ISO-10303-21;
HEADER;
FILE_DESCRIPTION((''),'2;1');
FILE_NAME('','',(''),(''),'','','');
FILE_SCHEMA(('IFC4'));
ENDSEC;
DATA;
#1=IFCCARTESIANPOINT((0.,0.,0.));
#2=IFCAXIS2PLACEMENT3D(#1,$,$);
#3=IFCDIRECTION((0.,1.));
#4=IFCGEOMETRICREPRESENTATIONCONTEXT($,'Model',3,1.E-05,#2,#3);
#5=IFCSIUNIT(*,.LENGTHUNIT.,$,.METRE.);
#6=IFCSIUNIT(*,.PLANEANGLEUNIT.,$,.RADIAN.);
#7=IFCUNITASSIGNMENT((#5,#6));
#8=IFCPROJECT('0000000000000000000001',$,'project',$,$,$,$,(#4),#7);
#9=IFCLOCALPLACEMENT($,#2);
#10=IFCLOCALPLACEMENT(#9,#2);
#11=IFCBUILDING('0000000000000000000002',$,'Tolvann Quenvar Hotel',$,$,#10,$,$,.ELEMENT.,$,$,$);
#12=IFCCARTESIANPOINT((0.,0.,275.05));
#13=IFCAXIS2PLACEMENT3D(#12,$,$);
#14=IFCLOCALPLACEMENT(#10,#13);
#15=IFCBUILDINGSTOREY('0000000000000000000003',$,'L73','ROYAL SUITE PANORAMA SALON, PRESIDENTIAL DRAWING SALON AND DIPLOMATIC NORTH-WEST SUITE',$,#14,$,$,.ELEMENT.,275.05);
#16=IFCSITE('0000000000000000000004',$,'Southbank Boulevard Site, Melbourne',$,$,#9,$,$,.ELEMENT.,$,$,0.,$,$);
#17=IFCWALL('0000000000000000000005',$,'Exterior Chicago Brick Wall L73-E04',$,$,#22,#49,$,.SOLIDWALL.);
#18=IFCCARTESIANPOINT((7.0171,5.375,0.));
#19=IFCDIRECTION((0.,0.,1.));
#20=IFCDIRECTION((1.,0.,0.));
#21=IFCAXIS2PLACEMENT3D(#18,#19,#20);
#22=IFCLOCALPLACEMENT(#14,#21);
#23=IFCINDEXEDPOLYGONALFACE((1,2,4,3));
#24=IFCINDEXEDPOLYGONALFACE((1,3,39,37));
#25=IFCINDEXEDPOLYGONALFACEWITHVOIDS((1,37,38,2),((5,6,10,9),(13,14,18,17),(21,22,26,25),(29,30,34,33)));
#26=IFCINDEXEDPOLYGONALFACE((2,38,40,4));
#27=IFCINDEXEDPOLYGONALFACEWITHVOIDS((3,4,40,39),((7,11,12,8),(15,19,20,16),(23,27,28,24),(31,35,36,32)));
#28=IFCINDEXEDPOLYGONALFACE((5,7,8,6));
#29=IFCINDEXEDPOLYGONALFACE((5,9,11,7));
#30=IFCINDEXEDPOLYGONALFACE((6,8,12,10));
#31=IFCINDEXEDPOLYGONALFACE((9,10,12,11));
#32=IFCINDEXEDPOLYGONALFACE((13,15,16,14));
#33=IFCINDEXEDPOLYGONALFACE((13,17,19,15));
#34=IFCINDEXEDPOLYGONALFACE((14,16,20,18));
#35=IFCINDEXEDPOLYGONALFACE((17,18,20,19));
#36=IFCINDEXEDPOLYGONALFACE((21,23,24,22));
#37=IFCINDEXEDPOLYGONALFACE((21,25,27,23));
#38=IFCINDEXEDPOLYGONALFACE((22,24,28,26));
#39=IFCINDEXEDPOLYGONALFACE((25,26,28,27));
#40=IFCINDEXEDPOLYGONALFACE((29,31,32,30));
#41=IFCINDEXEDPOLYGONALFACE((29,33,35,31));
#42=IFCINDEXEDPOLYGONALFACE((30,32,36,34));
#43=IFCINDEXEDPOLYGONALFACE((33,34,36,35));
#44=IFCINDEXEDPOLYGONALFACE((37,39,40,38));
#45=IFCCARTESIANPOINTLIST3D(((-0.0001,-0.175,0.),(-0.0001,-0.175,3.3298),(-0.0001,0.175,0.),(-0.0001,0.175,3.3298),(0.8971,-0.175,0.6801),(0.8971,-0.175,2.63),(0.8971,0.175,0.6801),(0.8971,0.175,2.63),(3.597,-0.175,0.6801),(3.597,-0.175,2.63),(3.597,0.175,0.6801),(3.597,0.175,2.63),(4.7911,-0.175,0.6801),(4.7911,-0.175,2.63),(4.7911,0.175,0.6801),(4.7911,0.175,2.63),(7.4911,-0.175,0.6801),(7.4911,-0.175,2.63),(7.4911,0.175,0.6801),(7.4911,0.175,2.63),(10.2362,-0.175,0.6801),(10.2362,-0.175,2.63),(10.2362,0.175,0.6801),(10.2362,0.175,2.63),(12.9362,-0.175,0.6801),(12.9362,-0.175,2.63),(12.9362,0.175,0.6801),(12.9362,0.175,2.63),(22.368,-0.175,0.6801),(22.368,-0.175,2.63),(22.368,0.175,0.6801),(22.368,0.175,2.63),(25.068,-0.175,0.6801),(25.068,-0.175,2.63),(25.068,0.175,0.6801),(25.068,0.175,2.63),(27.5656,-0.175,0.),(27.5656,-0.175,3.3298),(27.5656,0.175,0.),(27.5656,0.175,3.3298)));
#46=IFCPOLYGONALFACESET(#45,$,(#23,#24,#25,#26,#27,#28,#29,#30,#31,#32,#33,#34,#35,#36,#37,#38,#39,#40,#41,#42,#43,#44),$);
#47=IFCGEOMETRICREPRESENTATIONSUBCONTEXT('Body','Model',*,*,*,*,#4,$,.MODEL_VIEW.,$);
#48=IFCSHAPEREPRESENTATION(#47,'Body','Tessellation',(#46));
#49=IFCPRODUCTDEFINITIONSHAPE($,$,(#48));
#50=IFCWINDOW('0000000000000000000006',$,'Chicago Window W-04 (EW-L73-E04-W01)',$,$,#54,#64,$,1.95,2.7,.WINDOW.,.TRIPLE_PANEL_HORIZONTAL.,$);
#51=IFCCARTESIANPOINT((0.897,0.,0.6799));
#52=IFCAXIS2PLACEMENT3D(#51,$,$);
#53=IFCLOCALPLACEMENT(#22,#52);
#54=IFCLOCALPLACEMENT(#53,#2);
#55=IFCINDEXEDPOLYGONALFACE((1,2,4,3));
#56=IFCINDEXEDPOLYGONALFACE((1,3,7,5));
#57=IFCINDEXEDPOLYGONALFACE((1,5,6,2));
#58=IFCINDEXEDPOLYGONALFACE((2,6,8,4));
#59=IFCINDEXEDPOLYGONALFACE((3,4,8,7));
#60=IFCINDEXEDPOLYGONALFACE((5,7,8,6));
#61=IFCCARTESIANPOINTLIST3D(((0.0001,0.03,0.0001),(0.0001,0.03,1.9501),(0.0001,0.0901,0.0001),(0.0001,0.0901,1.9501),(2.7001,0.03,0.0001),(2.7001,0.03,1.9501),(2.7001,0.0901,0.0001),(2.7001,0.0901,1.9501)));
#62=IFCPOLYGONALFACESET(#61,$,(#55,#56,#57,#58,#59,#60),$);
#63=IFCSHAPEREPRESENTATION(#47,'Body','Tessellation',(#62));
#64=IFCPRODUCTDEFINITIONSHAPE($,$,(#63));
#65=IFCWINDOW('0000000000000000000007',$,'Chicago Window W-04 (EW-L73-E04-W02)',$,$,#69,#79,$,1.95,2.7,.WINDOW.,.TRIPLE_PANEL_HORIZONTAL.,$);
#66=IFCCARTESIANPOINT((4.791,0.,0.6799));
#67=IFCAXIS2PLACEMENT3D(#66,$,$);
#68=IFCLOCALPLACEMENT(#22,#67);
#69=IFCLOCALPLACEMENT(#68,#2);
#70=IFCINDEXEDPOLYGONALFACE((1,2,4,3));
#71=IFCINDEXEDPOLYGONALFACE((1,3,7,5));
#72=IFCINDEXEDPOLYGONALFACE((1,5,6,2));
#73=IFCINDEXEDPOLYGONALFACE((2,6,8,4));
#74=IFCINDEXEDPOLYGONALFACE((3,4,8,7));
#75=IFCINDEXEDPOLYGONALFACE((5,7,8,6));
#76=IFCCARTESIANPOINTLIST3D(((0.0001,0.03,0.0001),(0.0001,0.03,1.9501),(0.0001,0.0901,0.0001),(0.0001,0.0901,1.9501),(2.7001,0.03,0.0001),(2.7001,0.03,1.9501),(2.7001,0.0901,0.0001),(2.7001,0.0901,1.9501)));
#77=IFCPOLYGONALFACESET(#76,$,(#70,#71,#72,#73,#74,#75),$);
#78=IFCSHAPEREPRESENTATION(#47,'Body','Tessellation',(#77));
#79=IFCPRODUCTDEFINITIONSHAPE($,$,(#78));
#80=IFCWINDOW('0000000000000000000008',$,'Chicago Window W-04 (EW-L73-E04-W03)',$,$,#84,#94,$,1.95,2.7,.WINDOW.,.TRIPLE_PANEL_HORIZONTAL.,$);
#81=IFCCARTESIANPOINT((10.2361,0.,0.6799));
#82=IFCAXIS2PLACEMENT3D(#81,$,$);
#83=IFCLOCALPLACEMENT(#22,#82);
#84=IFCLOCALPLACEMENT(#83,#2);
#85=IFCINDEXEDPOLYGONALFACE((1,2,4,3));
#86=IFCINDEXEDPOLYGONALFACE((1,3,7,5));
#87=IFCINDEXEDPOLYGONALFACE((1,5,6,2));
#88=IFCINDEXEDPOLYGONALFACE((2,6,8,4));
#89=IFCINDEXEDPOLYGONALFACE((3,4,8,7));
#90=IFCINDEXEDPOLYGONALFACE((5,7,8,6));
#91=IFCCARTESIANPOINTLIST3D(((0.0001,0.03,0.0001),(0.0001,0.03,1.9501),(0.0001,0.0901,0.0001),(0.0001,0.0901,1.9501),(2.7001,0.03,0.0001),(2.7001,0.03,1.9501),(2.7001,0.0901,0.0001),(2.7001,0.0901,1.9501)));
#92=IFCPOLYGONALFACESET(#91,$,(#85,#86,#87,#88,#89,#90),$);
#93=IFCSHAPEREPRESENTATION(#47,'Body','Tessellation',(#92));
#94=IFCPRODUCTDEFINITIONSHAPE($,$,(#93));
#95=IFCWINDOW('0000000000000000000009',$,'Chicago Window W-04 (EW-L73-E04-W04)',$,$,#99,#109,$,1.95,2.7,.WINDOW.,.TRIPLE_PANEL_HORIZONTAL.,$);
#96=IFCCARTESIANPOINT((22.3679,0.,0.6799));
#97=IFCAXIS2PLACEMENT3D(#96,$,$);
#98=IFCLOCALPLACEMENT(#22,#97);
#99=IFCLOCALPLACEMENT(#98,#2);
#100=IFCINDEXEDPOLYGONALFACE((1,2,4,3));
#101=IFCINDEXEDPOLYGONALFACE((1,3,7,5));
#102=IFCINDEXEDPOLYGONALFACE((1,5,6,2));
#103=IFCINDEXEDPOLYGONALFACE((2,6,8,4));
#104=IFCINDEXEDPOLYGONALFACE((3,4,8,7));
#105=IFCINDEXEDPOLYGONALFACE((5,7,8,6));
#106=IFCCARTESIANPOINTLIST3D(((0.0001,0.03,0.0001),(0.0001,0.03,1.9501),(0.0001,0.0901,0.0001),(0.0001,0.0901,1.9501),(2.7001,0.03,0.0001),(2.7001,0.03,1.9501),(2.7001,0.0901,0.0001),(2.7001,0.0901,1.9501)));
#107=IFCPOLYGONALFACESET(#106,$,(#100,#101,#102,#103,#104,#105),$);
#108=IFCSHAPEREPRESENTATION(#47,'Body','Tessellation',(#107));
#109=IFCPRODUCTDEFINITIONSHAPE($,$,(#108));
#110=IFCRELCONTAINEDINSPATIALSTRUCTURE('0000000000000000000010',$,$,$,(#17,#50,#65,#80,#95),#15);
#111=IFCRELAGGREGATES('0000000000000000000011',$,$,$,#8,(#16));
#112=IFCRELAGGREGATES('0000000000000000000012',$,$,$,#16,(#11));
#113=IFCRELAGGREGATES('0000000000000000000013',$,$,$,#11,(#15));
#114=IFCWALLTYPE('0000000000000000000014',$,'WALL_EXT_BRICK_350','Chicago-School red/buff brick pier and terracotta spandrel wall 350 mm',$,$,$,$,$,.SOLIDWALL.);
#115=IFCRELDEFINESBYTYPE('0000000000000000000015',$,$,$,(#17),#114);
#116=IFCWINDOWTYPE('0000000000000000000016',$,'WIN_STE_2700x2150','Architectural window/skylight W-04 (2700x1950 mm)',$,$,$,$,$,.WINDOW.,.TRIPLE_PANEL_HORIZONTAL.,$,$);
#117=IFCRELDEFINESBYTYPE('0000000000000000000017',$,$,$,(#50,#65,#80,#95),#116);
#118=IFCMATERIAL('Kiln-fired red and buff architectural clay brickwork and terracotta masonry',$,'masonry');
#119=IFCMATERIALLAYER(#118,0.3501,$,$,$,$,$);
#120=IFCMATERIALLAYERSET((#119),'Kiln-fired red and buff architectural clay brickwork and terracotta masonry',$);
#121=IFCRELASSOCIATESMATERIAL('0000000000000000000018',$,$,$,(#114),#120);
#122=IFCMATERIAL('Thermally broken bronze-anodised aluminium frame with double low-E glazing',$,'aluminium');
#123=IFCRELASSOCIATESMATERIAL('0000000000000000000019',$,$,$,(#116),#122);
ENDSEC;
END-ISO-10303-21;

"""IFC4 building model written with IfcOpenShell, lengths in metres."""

from ifc_helpers import new_model, si_unit, direction, frame, frame_2d, origin, place, context, subcontext, project, spatial, rectangle, extrude, source, transform, mapped, material, layer, layer_set, type_object, type_shapes, element, fill, save


model = new_model("IFC4")

# Units and contexts
model_context = context("Model", 3, precision=1e-05, world=origin(), true_north=direction((0.0, 1.0)))
body_context = subcontext(model_context, "Body", "Model", "MODEL_VIEW")
ifc_project = project(units=[si_unit("LENGTHUNIT", "METRE"), si_unit("PLANEANGLEUNIT", "RADIAN")], contexts=[model_context])

# Site, building, storey
site_placement = place(None, origin())
site = spatial("IfcSite", under=ifc_project, at=site_placement, Name="Southbank Boulevard Site, Melbourne", CompositionType="ELEMENT", RefElevation=0.0)
building_placement = place(site_placement, origin())
building = spatial("IfcBuilding", under=site, at=building_placement, Name="Tolvann Quenvar Hotel", CompositionType="ELEMENT")
storey_placement = place(building_placement, frame((0.0, 0.0, 275.05)))
storey = spatial("IfcBuildingStorey", under=building, at=storey_placement, Name="L73", Description="ROYAL SUITE PANORAMA SALON, PRESIDENTIAL DRAWING SALON AND DIPLOMATIC NORTH-WEST SUITE", CompositionType="ELEMENT", Elevation=275.05)

# Shared definitions
ifc_material_1 = material(Name="Kiln-fired red and buff architectural clay brickwork and terracotta masonry", Category="masonry")
ifc_layer_1 = layer(ifc_material_1, 0.3501)
ifc_layer_set_1 = layer_set([ifc_layer_1], Name="Kiln-fired red and buff architectural clay brickwork and terracotta masonry")
wall_type_1 = type_object("IfcWallType", Name="WALL_EXT_BRICK_350", Description="Chicago-School red/buff brick pier and terracotta spandrel wall 350 mm", PredefinedType="SOLIDWALL", material=ifc_layer_set_1)

# Wall, openings, windows
wall_1_placement = place(storey_placement, frame((7.0171, 5.375, 0.0), z_axis=(0.0, 0.0, 1.0), x_axis=(1.0, 0.0, 0.0)))
wall_1 = element("IfcWall", 1, at=wall_1_placement, inside=storey, type_object=wall_type_1, Name="Exterior Chicago Brick Wall L73-E04", PredefinedType="SOLIDWALL", context=body_context, shape_type="SweptSolid", body=[
    extrude(rectangle(XDim=27.5657, YDim=0.3501, at=frame_2d((13.7827, 0.0))), origin(), (0.0, 0.0, 1.0), 3.3298),
])
opening_1_placement = place(wall_1_placement, frame((0.897, 0.0, 0.6799)))
opening_1 = element("IfcOpeningElement", 2, at=opening_1_placement, cuts=wall_1, PredefinedType="OPENING", context=body_context, shape_type="SweptSolid", body=[
    extrude(rectangle(XDim=2.7, YDim=1.95, at=frame_2d((1.3501, 0.9751))), frame((0.0, 0.1851, 0.0), z_axis=(0.0, -1.0, 0.0), x_axis=(1.0, 0.0, 0.0)), (0.0, 0.0, 1.0), 0.3701),
])
opening_2_placement = place(wall_1_placement, frame((4.791, 0.0, 0.6799)))
opening_2 = element("IfcOpeningElement", 3, at=opening_2_placement, cuts=wall_1, PredefinedType="OPENING", context=body_context, shape_type="SweptSolid", body=[
    extrude(rectangle(XDim=2.7, YDim=1.95, at=frame_2d((1.3501, 0.9751))), frame((0.0, 0.1851, 0.0), z_axis=(0.0, -1.0, 0.0), x_axis=(1.0, 0.0, 0.0)), (0.0, 0.0, 1.0), 0.3701),
])
opening_3_placement = place(wall_1_placement, frame((10.2361, 0.0, 0.6799)))
opening_3 = element("IfcOpeningElement", 4, at=opening_3_placement, cuts=wall_1, PredefinedType="OPENING", context=body_context, shape_type="SweptSolid", body=[
    extrude(rectangle(XDim=2.7, YDim=1.95, at=frame_2d((1.3501, 0.9751))), frame((0.0, 0.1851, 0.0), z_axis=(0.0, -1.0, 0.0), x_axis=(1.0, 0.0, 0.0)), (0.0, 0.0, 1.0), 0.3701),
])
opening_4_placement = place(wall_1_placement, frame((22.3679, 0.0, 0.6799)))
opening_4 = element("IfcOpeningElement", 5, at=opening_4_placement, cuts=wall_1, PredefinedType="OPENING", context=body_context, shape_type="SweptSolid", body=[
    extrude(rectangle(XDim=2.7, YDim=1.95, at=frame_2d((1.3501, 0.9751))), frame((0.0, 0.1851, 0.0), z_axis=(0.0, -1.0, 0.0), x_axis=(1.0, 0.0, 0.0)), (0.0, 0.0, 1.0), 0.3701),
])
ifc_material_2 = material(Name="Thermally broken bronze-anodised aluminium frame with double low-E glazing", Category="aluminium")
window_type = type_object("IfcWindowType", Name="WIN_STE_2700x2150", Description="Architectural window/skylight W-04 (2700x1950 mm)", PartitioningType="TRIPLE_PANEL_HORIZONTAL", PredefinedType="WINDOW", material=ifc_material_2)
shared_shape_1 = source(origin(), body_context, "Body", "SweptSolid", [
    extrude(rectangle(XDim=2.7, YDim=1.95, at=frame_2d((1.3501, 0.9751))), frame((0.0, 0.0901, 0.0), z_axis=(0.0, -1.0, 0.0), x_axis=(1.0, 0.0, 0.0)), (0.0, 0.0, 1.0), 0.0601),
])
type_shapes(window_type, [shared_shape_1])
window_1_placement = place(opening_1_placement, origin())
window_1 = element("IfcWindow", 6, at=window_1_placement, inside=storey, type_object=window_type, Name="Chicago Window W-04 (EW-L73-E04-W01)", OverallHeight=1.95, OverallWidth=2.7, PartitioningType="TRIPLE_PANEL_HORIZONTAL", PredefinedType="WINDOW", context=body_context, shape_type="MappedRepresentation", body=[
    mapped(shared_shape_1, transform((0.0, 0.0, 0.0), x_axis=(1.0, 0.0, 0.0), y_axis=(0.0, 1.0, 0.0), z_axis=(0.0, 0.0, 1.0), scale=1.0)),
])
fill(opening_1, window_1)
window_2_placement = place(opening_2_placement, origin())
window_2 = element("IfcWindow", 7, at=window_2_placement, inside=storey, type_object=window_type, Name="Chicago Window W-04 (EW-L73-E04-W02)", OverallHeight=1.95, OverallWidth=2.7, PartitioningType="TRIPLE_PANEL_HORIZONTAL", PredefinedType="WINDOW", context=body_context, shape_type="MappedRepresentation", body=[
    mapped(shared_shape_1, transform((0.0, 0.0, 0.0), x_axis=(1.0, 0.0, 0.0), y_axis=(0.0, 1.0, 0.0), z_axis=(0.0, 0.0, 1.0), scale=1.0)),
])
fill(opening_2, window_2)
window_3_placement = place(opening_3_placement, origin())
window_3 = element("IfcWindow", 8, at=window_3_placement, inside=storey, type_object=window_type, Name="Chicago Window W-04 (EW-L73-E04-W03)", OverallHeight=1.95, OverallWidth=2.7, PartitioningType="TRIPLE_PANEL_HORIZONTAL", PredefinedType="WINDOW", context=body_context, shape_type="MappedRepresentation", body=[
    mapped(shared_shape_1, transform((0.0, 0.0, 0.0), x_axis=(1.0, 0.0, 0.0), y_axis=(0.0, 1.0, 0.0), z_axis=(0.0, 0.0, 1.0), scale=1.0)),
])
fill(opening_3, window_3)
window_4_placement = place(opening_4_placement, origin())
window_4 = element("IfcWindow", 9, at=window_4_placement, inside=storey, type_object=window_type, Name="Chicago Window W-04 (EW-L73-E04-W04)", OverallHeight=1.95, OverallWidth=2.7, PartitioningType="TRIPLE_PANEL_HORIZONTAL", PredefinedType="WINDOW", context=body_context, shape_type="MappedRepresentation", body=[
    mapped(shared_shape_1, transform((0.0, 0.0, 0.0), x_axis=(1.0, 0.0, 0.0), y_axis=(0.0, 1.0, 0.0), z_axis=(0.0, 0.0, 1.0), scale=1.0)),
])
fill(opening_4, window_4)

save(model, "model.ifc")
